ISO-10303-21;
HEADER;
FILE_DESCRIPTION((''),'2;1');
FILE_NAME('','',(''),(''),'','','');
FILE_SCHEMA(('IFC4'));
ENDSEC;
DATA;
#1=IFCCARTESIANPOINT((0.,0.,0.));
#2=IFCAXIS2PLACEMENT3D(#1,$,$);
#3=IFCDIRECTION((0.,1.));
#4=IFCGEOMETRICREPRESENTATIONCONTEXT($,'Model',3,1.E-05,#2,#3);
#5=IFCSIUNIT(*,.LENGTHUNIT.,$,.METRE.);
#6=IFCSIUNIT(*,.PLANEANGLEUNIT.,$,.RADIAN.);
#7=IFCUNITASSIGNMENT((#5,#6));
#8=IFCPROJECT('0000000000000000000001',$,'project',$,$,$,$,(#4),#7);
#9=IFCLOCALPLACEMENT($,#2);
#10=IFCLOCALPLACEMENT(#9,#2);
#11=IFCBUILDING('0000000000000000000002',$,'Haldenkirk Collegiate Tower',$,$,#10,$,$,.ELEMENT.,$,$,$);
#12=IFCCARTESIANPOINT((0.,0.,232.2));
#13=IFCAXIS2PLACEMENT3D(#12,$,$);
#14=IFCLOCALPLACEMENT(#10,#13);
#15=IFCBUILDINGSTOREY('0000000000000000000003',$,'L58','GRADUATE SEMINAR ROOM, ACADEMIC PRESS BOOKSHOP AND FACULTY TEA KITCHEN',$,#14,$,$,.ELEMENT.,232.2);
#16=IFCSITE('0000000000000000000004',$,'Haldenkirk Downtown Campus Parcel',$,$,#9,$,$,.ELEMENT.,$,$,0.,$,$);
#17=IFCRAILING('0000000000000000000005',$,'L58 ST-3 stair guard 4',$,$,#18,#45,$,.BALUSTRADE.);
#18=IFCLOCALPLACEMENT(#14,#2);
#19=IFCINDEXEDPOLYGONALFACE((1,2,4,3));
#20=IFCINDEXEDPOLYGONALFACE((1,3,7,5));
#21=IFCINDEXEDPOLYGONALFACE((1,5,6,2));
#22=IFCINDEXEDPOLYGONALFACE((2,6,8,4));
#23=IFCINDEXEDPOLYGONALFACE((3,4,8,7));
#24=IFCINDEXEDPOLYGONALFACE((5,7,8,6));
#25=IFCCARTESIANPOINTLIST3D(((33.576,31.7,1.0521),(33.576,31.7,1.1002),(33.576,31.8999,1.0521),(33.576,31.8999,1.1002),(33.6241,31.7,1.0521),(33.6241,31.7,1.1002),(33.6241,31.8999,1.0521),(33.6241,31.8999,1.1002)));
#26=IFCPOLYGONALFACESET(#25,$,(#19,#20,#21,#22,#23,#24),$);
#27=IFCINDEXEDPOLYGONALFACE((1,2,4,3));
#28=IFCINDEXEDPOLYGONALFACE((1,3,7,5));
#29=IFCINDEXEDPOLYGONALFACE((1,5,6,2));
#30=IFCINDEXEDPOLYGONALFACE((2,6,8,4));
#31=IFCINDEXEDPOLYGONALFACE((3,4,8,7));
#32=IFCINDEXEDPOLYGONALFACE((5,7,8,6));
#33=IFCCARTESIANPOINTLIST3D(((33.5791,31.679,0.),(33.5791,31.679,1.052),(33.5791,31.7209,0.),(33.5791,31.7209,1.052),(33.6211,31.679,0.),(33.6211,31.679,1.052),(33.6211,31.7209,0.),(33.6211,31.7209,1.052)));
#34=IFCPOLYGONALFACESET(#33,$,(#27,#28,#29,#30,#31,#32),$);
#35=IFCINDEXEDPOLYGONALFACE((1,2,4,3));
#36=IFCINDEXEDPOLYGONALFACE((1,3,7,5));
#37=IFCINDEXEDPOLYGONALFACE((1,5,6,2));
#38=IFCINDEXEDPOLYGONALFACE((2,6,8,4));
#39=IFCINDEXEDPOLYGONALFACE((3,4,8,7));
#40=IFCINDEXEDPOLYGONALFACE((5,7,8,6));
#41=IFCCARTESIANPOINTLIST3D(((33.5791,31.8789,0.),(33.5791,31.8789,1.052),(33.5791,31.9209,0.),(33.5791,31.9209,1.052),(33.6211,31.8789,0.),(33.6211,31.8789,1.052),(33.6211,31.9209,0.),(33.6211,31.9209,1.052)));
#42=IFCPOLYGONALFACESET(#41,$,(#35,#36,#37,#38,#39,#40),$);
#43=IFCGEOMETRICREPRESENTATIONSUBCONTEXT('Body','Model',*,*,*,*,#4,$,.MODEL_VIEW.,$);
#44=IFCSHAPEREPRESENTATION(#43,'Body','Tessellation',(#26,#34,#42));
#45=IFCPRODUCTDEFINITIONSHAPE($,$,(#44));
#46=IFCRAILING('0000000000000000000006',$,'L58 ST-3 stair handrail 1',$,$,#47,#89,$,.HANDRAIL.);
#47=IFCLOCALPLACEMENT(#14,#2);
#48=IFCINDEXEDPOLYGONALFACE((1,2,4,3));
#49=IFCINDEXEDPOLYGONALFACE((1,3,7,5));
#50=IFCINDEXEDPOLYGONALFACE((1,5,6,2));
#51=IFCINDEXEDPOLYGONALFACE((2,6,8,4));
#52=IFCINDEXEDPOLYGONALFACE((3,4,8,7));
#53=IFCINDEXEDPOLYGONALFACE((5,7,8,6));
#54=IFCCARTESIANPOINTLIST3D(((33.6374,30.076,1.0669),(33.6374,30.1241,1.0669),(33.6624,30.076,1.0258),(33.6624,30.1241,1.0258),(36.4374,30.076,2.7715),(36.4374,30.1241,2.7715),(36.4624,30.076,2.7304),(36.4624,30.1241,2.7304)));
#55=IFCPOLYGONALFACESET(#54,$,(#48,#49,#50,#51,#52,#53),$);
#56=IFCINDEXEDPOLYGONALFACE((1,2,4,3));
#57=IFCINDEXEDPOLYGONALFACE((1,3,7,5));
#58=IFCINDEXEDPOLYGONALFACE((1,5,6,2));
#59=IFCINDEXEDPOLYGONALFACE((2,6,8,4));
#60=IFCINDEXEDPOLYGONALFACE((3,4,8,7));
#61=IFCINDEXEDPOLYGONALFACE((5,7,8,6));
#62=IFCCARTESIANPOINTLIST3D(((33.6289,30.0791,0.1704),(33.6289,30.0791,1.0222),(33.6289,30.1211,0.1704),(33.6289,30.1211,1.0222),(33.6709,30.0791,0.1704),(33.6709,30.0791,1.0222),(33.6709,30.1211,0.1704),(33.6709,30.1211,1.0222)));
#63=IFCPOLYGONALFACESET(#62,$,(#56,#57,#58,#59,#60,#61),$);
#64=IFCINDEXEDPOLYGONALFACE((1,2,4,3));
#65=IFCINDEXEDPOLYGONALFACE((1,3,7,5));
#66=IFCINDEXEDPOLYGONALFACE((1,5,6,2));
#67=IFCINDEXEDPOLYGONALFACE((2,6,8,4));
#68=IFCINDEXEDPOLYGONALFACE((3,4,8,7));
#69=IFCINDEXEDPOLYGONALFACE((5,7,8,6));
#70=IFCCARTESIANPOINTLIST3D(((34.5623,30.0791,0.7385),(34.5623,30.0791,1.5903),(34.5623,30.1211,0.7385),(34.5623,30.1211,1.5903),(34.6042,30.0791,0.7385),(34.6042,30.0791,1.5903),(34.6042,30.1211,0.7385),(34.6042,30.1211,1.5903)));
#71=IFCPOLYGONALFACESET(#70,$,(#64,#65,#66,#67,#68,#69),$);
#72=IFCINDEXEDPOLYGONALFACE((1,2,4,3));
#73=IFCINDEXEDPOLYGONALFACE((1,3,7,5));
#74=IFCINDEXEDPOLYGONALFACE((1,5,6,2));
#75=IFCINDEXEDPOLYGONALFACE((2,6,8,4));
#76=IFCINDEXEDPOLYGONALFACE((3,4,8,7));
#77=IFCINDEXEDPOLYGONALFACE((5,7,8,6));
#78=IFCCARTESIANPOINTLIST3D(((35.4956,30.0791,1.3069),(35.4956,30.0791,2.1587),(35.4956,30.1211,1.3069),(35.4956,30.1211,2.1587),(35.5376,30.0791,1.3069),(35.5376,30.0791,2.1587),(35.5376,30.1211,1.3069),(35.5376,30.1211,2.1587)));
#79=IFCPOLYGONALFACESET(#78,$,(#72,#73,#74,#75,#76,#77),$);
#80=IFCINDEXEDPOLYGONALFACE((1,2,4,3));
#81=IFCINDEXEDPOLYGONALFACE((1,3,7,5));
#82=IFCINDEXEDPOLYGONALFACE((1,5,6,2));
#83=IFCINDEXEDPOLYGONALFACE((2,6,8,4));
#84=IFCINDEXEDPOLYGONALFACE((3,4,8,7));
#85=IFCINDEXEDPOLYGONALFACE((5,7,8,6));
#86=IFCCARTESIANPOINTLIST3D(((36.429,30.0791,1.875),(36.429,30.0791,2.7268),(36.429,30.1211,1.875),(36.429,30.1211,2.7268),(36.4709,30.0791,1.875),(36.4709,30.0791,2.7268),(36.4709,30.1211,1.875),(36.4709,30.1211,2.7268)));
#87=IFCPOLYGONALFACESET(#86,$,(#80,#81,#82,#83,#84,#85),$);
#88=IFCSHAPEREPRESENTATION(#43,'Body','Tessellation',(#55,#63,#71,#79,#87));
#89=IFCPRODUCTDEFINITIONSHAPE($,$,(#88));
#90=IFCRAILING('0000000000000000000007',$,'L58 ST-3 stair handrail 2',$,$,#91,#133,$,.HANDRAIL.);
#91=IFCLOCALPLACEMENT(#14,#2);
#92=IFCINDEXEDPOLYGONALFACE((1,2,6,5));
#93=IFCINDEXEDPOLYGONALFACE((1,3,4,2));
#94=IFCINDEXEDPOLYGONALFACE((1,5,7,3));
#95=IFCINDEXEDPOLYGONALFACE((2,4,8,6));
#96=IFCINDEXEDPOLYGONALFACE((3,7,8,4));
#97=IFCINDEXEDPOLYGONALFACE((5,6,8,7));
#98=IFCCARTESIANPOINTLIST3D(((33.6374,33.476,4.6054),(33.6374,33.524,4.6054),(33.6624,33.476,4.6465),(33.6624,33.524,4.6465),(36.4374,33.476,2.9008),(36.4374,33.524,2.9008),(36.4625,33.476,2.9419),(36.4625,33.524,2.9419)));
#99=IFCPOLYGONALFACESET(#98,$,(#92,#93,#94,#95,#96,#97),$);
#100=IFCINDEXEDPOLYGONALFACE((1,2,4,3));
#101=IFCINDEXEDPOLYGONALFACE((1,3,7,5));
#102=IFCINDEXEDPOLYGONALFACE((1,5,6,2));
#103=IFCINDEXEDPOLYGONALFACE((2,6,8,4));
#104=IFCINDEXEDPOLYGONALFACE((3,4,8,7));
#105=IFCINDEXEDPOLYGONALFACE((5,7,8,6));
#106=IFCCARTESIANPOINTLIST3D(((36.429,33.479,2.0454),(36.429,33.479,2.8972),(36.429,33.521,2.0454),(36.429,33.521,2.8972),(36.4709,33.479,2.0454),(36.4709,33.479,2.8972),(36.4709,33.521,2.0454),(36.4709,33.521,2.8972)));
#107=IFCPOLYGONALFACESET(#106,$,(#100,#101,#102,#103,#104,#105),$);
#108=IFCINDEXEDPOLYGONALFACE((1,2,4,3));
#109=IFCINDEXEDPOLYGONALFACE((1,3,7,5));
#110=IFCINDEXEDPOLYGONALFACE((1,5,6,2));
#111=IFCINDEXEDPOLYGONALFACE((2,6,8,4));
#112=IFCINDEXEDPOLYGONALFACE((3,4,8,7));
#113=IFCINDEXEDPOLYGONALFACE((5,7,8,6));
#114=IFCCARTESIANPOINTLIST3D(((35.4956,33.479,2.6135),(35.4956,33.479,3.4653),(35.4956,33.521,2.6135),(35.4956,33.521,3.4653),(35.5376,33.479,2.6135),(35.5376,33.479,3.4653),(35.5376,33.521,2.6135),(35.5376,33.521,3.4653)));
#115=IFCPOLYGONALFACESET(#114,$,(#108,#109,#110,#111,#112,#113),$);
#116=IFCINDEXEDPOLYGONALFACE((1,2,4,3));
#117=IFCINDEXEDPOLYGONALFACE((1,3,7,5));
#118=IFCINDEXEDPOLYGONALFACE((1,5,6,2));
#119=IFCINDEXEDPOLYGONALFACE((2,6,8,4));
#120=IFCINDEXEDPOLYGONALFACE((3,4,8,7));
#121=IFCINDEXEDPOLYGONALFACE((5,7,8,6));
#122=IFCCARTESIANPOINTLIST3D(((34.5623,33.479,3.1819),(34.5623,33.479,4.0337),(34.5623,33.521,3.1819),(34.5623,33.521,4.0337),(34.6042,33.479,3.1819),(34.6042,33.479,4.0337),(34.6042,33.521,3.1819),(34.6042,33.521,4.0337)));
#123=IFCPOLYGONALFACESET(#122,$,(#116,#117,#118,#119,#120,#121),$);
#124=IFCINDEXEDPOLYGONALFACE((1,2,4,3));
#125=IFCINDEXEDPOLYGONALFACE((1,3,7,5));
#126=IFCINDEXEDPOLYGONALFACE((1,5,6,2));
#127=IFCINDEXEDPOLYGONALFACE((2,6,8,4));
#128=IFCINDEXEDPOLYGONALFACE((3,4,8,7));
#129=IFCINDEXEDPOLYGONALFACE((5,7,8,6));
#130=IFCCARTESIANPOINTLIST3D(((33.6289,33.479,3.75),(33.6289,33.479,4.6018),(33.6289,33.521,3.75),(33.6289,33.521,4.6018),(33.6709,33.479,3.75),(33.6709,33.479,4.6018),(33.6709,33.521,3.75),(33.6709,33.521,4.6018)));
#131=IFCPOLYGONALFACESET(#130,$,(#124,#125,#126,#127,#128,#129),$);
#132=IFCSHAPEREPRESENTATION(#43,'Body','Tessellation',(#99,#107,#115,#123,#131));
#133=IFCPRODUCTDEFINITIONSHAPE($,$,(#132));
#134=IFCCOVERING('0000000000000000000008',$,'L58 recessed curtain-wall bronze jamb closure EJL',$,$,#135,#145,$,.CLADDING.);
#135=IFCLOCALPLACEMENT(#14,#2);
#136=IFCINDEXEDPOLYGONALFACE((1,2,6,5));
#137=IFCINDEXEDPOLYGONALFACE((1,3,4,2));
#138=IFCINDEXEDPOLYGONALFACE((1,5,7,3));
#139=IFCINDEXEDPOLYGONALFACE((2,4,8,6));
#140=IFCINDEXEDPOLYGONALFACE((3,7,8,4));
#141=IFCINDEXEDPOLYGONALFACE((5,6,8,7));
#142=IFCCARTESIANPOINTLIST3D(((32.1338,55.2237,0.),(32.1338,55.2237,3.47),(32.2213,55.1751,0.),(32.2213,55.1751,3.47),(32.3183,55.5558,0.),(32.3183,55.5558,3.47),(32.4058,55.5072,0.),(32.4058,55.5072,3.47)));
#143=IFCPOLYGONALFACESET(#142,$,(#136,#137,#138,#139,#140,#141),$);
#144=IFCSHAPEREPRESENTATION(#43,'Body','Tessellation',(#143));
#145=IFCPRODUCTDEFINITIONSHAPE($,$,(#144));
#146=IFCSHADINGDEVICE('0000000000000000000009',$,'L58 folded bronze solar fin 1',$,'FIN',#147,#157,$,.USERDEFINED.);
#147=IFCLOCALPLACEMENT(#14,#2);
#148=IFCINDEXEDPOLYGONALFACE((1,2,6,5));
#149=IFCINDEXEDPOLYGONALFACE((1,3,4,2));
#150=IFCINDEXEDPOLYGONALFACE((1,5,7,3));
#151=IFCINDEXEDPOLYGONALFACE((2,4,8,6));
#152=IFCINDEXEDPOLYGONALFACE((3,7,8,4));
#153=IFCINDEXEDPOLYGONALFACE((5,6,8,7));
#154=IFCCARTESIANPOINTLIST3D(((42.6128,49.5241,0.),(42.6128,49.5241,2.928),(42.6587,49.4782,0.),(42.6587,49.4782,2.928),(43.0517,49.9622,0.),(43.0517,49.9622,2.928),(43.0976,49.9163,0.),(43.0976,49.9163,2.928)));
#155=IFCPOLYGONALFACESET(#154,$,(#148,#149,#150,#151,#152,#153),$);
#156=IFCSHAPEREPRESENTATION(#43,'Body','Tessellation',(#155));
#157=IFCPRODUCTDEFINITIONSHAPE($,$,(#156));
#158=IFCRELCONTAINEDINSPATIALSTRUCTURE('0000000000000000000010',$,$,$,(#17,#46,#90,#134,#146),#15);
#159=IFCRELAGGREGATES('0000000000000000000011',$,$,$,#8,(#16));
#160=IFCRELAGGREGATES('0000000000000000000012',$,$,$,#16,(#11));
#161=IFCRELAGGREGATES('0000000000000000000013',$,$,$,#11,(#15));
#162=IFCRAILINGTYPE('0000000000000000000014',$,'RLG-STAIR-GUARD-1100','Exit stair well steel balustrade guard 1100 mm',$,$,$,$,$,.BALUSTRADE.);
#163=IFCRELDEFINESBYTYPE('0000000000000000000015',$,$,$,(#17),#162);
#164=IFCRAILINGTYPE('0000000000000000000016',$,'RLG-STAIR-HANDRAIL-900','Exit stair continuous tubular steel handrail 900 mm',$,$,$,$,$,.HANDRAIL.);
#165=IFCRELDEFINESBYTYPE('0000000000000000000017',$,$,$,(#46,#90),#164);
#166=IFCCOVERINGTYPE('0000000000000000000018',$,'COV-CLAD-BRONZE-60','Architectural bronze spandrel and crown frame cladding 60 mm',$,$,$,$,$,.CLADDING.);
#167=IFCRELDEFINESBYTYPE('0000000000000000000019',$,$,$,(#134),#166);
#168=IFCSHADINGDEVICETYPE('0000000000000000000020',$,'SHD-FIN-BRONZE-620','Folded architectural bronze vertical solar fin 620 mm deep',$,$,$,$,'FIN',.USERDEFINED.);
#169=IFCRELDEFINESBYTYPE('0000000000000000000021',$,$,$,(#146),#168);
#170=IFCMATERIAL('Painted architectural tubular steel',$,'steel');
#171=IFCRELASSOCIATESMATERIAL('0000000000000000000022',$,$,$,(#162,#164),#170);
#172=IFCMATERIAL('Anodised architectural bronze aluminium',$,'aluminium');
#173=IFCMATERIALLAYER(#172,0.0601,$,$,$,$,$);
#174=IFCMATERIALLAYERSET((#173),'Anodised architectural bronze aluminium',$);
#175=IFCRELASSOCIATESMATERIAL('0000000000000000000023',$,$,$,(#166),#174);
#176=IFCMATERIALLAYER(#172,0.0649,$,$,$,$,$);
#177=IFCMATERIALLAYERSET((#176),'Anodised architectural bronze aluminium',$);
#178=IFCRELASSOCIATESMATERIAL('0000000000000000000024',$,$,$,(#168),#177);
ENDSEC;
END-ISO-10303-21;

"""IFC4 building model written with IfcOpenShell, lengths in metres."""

from ifc_helpers import new_model, si_unit, direction, frame, origin, origin_2d, place, context, subcontext, project, spatial, rectangle, extrude, source, transform, mapped, material, layer, layer_set, type_object, element, save


model = new_model("IFC4")

# Units and contexts
model_context = context("Model", 3, precision=1e-05, world=origin(), true_north=direction((0.0, 1.0)))
body_context = subcontext(model_context, "Body", "Model", "MODEL_VIEW")
ifc_project = project(units=[si_unit("LENGTHUNIT", "METRE"), si_unit("PLANEANGLEUNIT", "RADIAN")], contexts=[model_context])

# Site, building, storey
site_placement = place(None, origin())
site = spatial("IfcSite", under=ifc_project, at=site_placement, Name="Haldenkirk Downtown Campus Parcel", CompositionType="ELEMENT", RefElevation=0.0)
building_placement = place(site_placement, origin())
building = spatial("IfcBuilding", under=site, at=building_placement, Name="Haldenkirk Collegiate Tower", CompositionType="ELEMENT")
storey_placement = place(building_placement, frame((0.0, 0.0, 232.2)))
storey = spatial("IfcBuildingStorey", under=building, at=storey_placement, Name="L58", Description="GRADUATE SEMINAR ROOM, ACADEMIC PRESS BOOKSHOP AND FACULTY TEA KITCHEN", CompositionType="ELEMENT", Elevation=232.2)

# Shared definitions
ifc_material_1 = material(Name="Anodised architectural bronze aluminium", Category="aluminium")

# Railings
ifc_material_2 = material(Name="Painted architectural tubular steel", Category="steel")
railing_type_1 = type_object("IfcRailingType", Name="RLG-STAIR-GUARD-1100", Description="Exit stair well steel balustrade guard 1100 mm", PredefinedType="BALUSTRADE", material=ifc_material_2)
railing_1_placement = place(storey_placement, frame((33.6001, 31.7, 0.0)))
element("IfcRailing", 1, at=railing_1_placement, inside=storey, type_object=railing_type_1, Name="L58 ST-3 stair guard 4", PredefinedType="BALUSTRADE", context=body_context, shape_type="SweptSolid", body=[
    extrude(rectangle(XDim=0.0481, YDim=0.0481, at=origin_2d()), frame((0.0, 0.0, 1.0762), z_axis=(0.0, 1.0, 0.0), x_axis=(-1.0, 0.0, 0.0)), (0.0, 0.0, 1.0), 0.2),
    extrude(rectangle(XDim=0.042, YDim=0.042, at=origin_2d()), origin(), (0.0, 0.0, 1.0), 1.052),
    extrude(rectangle(XDim=0.042, YDim=0.042, at=origin_2d()), frame((0.0, 0.2, 0.0)), (0.0, 0.0, 1.0), 1.052),
])
railing_type_2 = type_object("IfcRailingType", Name="RLG-STAIR-HANDRAIL-900", Description="Exit stair continuous tubular steel handrail 900 mm", PredefinedType="HANDRAIL", material=ifc_material_2)
railing_2_placement = place(storey_placement, frame((33.6499, 30.1001, 0.1704)))
element("IfcRailing", 2, at=railing_2_placement, inside=storey, type_object=railing_type_2, Name="L58 ST-3 stair handrail 1", PredefinedType="HANDRAIL", context=body_context, shape_type="SweptSolid", body=[
    extrude(rectangle(XDim=0.0481, YDim=0.0481, at=origin_2d()), frame((0.0, 0.0, 0.876), z_axis=(0.85417, 0.0, 0.519994), x_axis=(0.0, 1.0, 0.0)), (0.0, 0.0, 1.0), 3.2781),
    extrude(rectangle(XDim=0.042, YDim=0.042, at=origin_2d()), origin(), (0.0, 0.0, 1.0), 0.8518),
    extrude(rectangle(XDim=0.042, YDim=0.042, at=origin_2d()), frame((0.9333, 0.0, 0.5681)), (0.0, 0.0, 1.0), 0.8518),
    extrude(rectangle(XDim=0.042, YDim=0.042, at=origin_2d()), frame((1.8667, 0.0, 1.1365)), (0.0, 0.0, 1.0), 0.8518),
    extrude(rectangle(XDim=0.042, YDim=0.042, at=origin_2d()), frame((2.8, 0.0, 1.7046)), (0.0, 0.0, 1.0), 0.8518),
])
railing_3_placement = place(storey_placement, frame((36.45, 33.5, 2.0454)))
element("IfcRailing", 3, at=railing_3_placement, inside=storey, type_object=railing_type_2, Name="L58 ST-3 stair handrail 2", PredefinedType="HANDRAIL", context=body_context, shape_type="SweptSolid", body=[
    extrude(rectangle(XDim=0.0481, YDim=0.0481, at=origin_2d()), frame((0.0, 0.0, 0.876), z_axis=(-0.85417, 0.0, 0.519994), x_axis=(0.0, -1.0, 0.0)), (0.0, 0.0, 1.0), 3.2781),
    extrude(rectangle(XDim=0.042, YDim=0.042, at=origin_2d()), origin(), (0.0, 0.0, 1.0), 0.8518),
    extrude(rectangle(XDim=0.042, YDim=0.042, at=origin_2d()), frame((-0.9333, 0.0, 0.5681)), (0.0, 0.0, 1.0), 0.8518),
    extrude(rectangle(XDim=0.042, YDim=0.042, at=origin_2d()), frame((-1.8667, 0.0, 1.1365)), (0.0, 0.0, 1.0), 0.8518),
    extrude(rectangle(XDim=0.042, YDim=0.042, at=origin_2d()), frame((-2.8, 0.0, 1.7046)), (0.0, 0.0, 1.0), 0.8518),
])

# Covering
ifc_layer_1 = layer(ifc_material_1, 0.0601)
ifc_layer_set_1 = layer_set([ifc_layer_1], Name="Anodised architectural bronze aluminium")
covering_type = type_object("IfcCoveringType", Name="COV-CLAD-BRONZE-60", Description="Architectural bronze spandrel and crown frame cladding 60 mm", PredefinedType="CLADDING", material=ifc_layer_set_1)
shared_shape_1 = source(origin(), body_context, "Body", "SweptSolid", [
    extrude(rectangle(XDim=0.1001, YDim=0.3799, at=origin_2d()), origin(), (0.0, 0.0, 1.0), 3.47),
])
covering_placement = place(storey_placement, frame((32.2698, 55.3655, 0.0), z_axis=(0.0, 0.0, 1.0), x_axis=(0.874196, -0.485573, 0.0)))
element("IfcCovering", 4, at=covering_placement, inside=storey, type_object=covering_type, Name="L58 recessed curtain-wall bronze jamb closure EJL", PredefinedType="CLADDING", context=body_context, shape_type="MappedRepresentation", body=[
    mapped(shared_shape_1, transform((0.0, 0.0, 0.0), x_axis=(1.0, 0.0, 0.0), y_axis=(0.0, 1.0, 0.0), z_axis=(0.0, 0.0, 1.0), scale=1.0)),
])

# Shading device
ifc_layer_2 = layer(ifc_material_1, 0.0649)
ifc_layer_set_2 = layer_set([ifc_layer_2], Name="Anodised architectural bronze aluminium")
shading_device_type = type_object("IfcShadingDeviceType", Name="SHD-FIN-BRONZE-620", Description="Folded architectural bronze vertical solar fin 620 mm deep", ElementType="FIN", PredefinedType="USERDEFINED", material=ifc_layer_set_2)
shared_shape_2 = source(origin(), body_context, "Body", "SweptSolid", [
    extrude(rectangle(XDim=0.6201, YDim=0.0649, at=origin_2d()), origin(), (0.0, 0.0, 1.0), 2.928),
])
shading_device_placement = place(storey_placement, frame((42.8552, 49.7202, 0.0), z_axis=(0.0, 0.0, 1.0), x_axis=(0.707724, 0.706489, 0.0)))
element("IfcShadingDevice", 5, at=shading_device_placement, inside=storey, type_object=shading_device_type, Name="L58 folded bronze solar fin 1", ObjectType="FIN", PredefinedType="USERDEFINED", context=body_context, shape_type="MappedRepresentation", body=[
    mapped(shared_shape_2, transform((0.0, 0.0, 0.0), x_axis=(1.0, 0.0, 0.0), y_axis=(0.0, 1.0, 0.0), z_axis=(0.0, 0.0, 1.0), scale=1.0)),
])

save(model, "model.ifc")
